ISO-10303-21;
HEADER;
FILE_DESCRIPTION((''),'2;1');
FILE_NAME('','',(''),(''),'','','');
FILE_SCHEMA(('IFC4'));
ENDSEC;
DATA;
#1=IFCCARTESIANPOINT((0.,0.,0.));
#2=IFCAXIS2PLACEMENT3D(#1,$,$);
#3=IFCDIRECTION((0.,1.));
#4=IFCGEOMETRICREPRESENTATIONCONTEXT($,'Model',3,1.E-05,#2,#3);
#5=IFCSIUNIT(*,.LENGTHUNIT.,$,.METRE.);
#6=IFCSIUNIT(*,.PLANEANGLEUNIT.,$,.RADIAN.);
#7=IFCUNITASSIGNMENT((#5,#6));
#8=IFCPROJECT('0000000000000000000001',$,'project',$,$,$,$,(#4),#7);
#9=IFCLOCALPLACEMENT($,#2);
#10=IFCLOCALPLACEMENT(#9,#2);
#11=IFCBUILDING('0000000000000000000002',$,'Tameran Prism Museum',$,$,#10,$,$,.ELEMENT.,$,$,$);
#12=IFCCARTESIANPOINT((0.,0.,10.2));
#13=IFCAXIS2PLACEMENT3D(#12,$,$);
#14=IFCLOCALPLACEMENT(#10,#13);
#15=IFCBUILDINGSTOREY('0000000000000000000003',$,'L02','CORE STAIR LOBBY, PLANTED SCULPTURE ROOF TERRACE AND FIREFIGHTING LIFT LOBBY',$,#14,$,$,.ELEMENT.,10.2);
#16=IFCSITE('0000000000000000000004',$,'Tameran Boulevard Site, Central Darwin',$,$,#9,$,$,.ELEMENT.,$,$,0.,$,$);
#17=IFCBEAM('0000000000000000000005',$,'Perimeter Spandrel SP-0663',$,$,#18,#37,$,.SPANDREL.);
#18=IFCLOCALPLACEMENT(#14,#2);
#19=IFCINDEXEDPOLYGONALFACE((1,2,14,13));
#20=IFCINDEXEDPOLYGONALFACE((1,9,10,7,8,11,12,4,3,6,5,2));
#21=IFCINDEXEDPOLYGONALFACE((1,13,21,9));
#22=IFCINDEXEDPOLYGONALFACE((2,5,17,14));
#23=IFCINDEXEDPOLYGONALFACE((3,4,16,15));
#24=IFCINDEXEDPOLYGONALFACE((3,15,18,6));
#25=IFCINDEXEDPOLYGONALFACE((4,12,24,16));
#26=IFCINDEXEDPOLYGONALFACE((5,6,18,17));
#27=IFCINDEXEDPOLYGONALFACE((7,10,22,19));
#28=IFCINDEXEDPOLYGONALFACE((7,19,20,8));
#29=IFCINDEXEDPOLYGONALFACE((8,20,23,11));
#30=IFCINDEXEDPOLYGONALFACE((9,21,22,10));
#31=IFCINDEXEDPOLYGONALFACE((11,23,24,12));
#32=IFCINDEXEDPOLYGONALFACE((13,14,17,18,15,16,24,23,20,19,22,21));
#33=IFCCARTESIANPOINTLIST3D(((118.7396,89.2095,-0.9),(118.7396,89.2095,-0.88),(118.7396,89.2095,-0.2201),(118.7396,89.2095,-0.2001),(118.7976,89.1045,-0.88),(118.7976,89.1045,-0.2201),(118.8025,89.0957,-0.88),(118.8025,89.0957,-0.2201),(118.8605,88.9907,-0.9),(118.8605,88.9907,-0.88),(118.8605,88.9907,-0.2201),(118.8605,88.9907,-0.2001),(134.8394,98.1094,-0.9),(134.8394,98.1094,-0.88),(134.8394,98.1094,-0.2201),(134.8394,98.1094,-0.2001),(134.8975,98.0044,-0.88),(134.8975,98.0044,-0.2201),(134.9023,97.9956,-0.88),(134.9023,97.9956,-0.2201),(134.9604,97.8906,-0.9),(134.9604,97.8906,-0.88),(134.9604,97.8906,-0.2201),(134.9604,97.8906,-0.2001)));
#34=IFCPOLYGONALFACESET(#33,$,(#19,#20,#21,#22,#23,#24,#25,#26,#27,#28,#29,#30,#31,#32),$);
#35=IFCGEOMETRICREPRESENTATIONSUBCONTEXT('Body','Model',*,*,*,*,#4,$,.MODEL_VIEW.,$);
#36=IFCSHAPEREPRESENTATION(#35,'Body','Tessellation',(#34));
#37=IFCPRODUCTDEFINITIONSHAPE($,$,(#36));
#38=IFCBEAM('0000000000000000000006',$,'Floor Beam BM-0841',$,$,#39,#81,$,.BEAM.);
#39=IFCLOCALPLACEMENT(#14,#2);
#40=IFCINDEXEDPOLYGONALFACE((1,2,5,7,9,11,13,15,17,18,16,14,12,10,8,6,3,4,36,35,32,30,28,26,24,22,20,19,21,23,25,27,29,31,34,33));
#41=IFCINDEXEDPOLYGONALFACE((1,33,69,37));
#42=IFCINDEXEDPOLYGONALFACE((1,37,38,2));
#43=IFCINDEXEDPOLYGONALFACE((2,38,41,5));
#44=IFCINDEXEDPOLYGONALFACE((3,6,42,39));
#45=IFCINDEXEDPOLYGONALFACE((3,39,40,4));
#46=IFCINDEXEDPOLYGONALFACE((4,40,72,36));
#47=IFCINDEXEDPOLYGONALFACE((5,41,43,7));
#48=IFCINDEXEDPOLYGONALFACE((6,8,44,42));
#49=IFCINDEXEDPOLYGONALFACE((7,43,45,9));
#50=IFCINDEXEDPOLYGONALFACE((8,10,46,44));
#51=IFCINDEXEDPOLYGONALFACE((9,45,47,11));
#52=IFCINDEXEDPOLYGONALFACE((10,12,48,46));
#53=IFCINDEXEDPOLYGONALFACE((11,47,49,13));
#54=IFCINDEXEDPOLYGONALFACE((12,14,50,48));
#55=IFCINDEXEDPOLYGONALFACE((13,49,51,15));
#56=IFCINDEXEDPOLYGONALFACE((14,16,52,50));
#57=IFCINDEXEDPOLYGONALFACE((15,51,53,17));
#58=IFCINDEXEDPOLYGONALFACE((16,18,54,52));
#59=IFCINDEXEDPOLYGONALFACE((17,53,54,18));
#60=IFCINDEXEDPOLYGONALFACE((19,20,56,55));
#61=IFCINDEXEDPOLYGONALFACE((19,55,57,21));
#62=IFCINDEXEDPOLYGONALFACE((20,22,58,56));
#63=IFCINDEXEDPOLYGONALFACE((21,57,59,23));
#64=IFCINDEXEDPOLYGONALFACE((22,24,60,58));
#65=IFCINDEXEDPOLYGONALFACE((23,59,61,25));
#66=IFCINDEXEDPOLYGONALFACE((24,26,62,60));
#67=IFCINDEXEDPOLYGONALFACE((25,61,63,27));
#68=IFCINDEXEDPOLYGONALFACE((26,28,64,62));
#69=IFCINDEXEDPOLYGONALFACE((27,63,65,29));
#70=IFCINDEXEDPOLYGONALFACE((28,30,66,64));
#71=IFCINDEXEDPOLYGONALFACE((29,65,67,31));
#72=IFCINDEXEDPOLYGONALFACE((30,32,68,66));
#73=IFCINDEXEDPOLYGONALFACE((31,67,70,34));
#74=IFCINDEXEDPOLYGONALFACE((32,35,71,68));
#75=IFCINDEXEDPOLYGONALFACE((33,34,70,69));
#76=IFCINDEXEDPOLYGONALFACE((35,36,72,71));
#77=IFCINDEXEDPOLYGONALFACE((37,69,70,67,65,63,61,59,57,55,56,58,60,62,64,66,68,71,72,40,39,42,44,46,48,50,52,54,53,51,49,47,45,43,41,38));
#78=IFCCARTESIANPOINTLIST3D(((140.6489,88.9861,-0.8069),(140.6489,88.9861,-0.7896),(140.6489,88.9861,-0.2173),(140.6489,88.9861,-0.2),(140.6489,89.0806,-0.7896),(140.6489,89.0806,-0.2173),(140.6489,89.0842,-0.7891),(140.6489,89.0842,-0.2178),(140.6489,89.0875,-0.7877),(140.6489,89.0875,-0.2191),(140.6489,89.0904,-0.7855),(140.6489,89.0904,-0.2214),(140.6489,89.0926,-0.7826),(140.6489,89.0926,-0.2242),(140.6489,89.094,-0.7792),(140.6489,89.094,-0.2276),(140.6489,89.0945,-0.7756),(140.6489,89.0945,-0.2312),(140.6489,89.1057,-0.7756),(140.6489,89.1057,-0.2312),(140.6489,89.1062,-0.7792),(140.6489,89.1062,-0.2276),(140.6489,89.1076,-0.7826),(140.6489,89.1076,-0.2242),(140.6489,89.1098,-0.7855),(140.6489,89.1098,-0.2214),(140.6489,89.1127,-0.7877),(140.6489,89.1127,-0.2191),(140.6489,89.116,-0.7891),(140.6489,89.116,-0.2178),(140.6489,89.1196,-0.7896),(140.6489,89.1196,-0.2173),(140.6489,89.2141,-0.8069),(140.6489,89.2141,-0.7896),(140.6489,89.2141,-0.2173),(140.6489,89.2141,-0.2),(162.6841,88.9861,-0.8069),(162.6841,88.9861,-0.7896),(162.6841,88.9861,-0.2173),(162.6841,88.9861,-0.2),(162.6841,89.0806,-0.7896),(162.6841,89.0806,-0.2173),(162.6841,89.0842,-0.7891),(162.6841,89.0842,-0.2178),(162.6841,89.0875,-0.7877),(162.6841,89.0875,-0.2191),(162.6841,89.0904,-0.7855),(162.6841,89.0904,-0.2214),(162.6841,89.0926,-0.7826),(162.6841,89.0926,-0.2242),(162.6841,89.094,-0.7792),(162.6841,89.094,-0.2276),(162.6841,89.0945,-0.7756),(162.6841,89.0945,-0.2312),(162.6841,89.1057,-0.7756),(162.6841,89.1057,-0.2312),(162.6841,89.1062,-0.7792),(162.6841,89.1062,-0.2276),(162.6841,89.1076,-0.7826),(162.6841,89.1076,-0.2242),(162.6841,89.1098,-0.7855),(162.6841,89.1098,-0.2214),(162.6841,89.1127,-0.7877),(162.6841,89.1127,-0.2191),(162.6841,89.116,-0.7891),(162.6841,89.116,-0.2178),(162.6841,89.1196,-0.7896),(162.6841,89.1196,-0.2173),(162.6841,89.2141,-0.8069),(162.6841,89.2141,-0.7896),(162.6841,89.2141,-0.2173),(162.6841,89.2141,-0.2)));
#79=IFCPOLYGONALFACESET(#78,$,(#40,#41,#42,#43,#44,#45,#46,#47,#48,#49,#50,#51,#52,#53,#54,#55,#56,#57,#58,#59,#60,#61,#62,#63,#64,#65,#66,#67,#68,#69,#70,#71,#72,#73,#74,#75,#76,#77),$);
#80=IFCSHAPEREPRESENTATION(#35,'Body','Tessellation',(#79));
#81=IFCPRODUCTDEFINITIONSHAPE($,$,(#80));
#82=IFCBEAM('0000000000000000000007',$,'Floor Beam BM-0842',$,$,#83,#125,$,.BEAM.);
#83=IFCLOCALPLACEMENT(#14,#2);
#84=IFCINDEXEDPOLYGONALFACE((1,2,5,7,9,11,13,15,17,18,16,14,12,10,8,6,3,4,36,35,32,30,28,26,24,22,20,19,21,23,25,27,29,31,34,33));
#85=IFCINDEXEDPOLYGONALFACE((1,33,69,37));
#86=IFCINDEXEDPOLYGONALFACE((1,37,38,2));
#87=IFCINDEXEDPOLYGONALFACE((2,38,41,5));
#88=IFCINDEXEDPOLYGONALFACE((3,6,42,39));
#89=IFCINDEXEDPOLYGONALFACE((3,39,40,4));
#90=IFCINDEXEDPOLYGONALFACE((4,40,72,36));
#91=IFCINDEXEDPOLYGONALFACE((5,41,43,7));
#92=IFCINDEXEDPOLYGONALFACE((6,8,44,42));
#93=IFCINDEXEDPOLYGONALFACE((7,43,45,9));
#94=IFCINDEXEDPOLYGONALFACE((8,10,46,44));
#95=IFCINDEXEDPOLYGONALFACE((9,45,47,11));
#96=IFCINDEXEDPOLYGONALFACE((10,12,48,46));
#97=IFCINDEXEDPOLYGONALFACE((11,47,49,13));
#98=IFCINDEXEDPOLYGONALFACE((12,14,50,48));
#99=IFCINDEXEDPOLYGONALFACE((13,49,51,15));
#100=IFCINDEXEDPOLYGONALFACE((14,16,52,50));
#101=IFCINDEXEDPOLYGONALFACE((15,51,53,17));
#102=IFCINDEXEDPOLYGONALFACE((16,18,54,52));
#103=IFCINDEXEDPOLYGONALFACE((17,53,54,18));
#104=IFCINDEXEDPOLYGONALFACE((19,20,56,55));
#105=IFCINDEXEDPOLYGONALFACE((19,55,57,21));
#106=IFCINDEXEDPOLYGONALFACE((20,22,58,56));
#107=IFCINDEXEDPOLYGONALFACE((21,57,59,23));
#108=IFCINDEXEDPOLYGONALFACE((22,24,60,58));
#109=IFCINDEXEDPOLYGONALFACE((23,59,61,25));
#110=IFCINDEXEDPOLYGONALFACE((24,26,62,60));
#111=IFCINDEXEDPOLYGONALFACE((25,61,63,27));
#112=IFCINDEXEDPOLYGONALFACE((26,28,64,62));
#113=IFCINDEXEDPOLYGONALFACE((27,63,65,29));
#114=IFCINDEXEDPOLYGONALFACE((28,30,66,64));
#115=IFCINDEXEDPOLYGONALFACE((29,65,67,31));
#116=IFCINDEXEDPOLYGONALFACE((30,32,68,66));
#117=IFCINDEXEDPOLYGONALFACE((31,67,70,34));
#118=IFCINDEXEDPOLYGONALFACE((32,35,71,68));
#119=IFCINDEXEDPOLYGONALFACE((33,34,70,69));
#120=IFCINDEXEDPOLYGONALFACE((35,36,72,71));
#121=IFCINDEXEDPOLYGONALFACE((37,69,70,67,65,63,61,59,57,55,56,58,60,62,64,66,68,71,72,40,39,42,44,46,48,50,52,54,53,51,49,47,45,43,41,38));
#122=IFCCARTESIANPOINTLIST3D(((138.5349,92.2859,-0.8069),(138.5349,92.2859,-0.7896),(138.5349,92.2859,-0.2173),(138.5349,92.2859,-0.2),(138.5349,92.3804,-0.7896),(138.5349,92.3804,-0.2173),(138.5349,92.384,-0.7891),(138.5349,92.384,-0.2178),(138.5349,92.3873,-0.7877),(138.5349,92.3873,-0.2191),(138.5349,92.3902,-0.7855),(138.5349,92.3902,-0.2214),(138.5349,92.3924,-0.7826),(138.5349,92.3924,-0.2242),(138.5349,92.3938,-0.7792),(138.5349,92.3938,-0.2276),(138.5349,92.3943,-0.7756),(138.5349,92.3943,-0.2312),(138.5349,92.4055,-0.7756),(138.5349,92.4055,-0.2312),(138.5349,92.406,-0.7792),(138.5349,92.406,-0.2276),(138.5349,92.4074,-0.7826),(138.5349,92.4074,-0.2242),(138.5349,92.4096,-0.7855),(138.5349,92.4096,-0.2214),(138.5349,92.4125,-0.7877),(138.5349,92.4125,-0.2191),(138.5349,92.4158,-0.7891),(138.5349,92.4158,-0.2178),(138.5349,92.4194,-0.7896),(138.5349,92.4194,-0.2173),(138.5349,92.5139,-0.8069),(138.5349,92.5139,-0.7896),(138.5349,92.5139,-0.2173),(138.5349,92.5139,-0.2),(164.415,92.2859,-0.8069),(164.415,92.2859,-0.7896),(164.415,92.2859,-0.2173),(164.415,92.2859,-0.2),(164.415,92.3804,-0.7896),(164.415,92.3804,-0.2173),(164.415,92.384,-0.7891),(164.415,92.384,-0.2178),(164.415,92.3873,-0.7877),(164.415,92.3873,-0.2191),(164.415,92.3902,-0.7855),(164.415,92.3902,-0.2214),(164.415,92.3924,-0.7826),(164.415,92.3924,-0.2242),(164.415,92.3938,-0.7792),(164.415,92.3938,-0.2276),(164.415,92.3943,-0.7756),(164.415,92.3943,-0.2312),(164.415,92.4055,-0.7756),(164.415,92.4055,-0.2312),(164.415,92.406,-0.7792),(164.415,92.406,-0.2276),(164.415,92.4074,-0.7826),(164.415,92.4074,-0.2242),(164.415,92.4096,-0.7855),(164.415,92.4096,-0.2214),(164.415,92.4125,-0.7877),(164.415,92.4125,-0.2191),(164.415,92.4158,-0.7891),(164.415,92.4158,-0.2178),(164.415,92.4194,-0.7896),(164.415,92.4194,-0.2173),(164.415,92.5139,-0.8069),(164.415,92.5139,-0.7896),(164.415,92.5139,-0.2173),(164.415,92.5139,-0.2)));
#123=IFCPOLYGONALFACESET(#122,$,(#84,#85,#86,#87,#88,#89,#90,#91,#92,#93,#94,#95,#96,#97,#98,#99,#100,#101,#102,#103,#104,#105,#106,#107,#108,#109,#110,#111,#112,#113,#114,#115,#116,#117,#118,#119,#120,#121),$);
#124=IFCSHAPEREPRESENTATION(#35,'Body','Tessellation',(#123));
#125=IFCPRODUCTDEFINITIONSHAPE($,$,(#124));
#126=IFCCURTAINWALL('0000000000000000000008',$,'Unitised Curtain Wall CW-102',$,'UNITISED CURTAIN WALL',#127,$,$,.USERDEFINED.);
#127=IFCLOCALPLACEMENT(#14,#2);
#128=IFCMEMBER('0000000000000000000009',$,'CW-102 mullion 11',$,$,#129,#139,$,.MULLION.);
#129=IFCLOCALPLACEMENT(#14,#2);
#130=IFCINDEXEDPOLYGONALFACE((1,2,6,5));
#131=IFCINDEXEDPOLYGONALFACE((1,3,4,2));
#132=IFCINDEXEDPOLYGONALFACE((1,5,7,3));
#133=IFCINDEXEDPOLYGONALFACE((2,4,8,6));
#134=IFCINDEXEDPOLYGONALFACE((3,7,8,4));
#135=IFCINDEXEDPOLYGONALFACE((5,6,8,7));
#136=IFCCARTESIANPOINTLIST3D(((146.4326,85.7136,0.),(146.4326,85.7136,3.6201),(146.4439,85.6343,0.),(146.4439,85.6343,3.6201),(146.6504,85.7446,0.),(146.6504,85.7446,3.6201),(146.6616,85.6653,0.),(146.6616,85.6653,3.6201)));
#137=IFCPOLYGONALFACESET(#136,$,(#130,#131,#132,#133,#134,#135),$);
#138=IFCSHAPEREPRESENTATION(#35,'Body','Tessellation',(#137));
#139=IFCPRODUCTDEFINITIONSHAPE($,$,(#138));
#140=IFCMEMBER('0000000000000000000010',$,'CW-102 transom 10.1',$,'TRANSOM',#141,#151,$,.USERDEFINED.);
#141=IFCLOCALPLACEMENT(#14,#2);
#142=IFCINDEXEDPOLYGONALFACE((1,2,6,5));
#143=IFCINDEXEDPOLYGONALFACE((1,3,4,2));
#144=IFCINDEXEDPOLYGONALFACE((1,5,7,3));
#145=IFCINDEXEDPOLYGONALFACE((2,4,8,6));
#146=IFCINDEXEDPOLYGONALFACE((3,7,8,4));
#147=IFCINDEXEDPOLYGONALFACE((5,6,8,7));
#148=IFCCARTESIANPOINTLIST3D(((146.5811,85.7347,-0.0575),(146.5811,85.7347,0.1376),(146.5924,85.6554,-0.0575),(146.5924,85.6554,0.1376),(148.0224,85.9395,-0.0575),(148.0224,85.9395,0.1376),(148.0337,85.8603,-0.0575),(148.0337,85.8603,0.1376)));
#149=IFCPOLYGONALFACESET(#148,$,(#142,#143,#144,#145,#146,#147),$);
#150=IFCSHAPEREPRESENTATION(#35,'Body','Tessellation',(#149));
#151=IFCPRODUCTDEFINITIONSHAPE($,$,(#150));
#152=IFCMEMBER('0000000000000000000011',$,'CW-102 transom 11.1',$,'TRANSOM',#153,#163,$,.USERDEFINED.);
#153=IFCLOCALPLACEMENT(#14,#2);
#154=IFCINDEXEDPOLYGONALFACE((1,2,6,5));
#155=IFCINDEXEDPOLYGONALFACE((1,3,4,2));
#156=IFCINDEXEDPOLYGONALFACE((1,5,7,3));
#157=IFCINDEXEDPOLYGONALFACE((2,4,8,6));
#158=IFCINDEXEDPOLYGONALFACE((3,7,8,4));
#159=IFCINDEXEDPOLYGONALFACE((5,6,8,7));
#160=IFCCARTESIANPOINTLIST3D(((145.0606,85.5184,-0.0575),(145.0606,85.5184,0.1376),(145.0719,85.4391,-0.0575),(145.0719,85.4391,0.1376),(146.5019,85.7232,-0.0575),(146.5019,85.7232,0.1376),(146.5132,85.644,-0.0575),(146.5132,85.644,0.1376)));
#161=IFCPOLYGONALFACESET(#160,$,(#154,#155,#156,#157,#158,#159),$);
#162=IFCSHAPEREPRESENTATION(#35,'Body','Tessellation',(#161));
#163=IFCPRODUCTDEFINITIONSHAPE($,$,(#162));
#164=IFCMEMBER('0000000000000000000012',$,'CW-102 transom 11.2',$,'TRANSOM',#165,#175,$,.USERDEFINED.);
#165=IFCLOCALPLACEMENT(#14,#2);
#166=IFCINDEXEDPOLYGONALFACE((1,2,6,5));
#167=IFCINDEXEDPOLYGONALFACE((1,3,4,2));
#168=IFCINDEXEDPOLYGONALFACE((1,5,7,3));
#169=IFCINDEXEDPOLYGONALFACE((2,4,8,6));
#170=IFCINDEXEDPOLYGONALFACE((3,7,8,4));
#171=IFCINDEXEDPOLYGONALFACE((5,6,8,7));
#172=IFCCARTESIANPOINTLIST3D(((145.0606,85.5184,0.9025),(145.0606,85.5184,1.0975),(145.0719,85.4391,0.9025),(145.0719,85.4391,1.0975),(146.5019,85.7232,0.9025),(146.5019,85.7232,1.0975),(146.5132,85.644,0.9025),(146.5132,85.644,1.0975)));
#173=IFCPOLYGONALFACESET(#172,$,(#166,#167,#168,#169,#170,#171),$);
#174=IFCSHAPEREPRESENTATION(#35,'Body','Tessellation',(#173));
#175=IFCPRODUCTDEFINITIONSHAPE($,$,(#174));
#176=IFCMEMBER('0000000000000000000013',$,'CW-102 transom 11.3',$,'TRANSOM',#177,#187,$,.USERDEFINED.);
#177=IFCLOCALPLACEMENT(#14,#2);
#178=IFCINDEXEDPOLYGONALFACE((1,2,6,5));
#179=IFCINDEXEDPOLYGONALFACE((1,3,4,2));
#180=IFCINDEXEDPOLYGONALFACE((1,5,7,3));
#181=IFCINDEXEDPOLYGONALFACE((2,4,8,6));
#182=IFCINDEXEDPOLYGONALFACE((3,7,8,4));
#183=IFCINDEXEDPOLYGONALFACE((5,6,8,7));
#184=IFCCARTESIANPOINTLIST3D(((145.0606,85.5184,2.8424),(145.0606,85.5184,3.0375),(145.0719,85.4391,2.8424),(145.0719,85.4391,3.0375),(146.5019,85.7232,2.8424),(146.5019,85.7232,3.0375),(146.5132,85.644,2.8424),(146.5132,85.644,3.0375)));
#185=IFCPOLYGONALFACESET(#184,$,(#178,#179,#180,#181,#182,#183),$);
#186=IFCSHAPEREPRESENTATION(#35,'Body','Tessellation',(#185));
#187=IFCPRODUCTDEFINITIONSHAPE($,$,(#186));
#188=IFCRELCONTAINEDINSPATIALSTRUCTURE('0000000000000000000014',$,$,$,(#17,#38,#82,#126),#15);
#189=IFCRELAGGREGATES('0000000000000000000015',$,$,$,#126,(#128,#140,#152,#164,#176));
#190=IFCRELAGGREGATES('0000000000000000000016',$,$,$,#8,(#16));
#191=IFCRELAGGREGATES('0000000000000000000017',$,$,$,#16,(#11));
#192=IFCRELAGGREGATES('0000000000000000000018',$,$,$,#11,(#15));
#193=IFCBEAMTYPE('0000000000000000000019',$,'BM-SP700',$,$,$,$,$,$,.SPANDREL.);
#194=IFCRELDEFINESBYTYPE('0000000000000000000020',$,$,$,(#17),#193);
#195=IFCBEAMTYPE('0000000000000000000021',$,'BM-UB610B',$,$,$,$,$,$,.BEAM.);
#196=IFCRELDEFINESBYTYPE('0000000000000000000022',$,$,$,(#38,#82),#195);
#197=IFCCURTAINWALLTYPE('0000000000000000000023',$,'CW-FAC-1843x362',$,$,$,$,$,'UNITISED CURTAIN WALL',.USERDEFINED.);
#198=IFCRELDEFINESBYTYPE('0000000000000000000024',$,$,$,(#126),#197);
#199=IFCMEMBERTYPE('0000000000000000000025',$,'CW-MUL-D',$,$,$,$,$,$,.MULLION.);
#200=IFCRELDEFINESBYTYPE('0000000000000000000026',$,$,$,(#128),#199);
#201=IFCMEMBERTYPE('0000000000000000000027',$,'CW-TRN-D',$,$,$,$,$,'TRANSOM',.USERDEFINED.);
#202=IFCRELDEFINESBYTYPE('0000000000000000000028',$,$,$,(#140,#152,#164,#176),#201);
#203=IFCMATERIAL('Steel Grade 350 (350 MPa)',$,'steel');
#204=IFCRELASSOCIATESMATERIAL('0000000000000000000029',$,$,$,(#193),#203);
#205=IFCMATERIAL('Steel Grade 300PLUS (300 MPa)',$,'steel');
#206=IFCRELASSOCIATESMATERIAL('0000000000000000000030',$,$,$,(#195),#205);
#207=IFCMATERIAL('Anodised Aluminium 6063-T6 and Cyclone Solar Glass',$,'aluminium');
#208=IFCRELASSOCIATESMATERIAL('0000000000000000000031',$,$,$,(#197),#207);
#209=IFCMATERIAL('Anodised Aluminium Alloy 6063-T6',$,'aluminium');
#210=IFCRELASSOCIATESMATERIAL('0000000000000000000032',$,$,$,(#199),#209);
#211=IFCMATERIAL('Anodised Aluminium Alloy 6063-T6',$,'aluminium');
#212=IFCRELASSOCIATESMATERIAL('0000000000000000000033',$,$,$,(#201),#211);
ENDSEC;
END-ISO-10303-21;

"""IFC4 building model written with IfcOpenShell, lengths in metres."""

from ifc_helpers import new_model, si_unit, direction, frame, origin, origin_2d, place, context, subcontext, project, spatial, rectangle, i_section, extrude, material, material_profile, profile_set, type_object, element, aggregate, save


model = new_model("IFC4")

# Units and contexts
model_context = context("Model", 3, precision=1e-05, world=origin(), true_north=direction((0.0, 1.0)))
body_context = subcontext(model_context, "Body", "Model", "MODEL_VIEW")
ifc_project = project(units=[si_unit("LENGTHUNIT", "METRE"), si_unit("PLANEANGLEUNIT", "RADIAN")], contexts=[model_context])

# Site, building, storey
site_placement = place(None, origin())
site = spatial("IfcSite", under=ifc_project, at=site_placement, Name="Tameran Boulevard Site, Central Darwin", CompositionType="ELEMENT", RefElevation=0.0)
building_placement = place(site_placement, origin())
building = spatial("IfcBuilding", under=site, at=building_placement, Name="Tameran Prism Museum", CompositionType="ELEMENT")
storey_placement = place(building_placement, frame((0.0, 0.0, 10.2)))
storey = spatial("IfcBuildingStorey", under=building, at=storey_placement, Name="L02", Description="CORE STAIR LOBBY, PLANTED SCULPTURE ROOF TERRACE AND FIREFIGHTING LIFT LOBBY", CompositionType="ELEMENT", Elevation=10.2)

# Beams
ifc_material_1 = material(Name="Steel Grade 350 (350 MPa)", Category="steel")
ifc_material_profile_1 = material_profile(ifc_material_1, i_section(OverallWidth=0.25, OverallDepth=0.7, WebThickness=0.01, FlangeThickness=0.02, at=origin_2d()))
ifc_profile_set_1 = profile_set([ifc_material_profile_1])
beam_type_1 = type_object("IfcBeamType", Name="BM-SP700", PredefinedType="SPANDREL", material=ifc_profile_set_1)
beam_1_placement = place(storey_placement, frame((134.8999, 98.0, -0.55), z_axis=(-0.875181, -0.483795, 0.0), x_axis=(0.483795, -0.875181, 0.0)))
element("IfcBeam", 1, at=beam_1_placement, inside=storey, type_object=beam_type_1, Name="Perimeter Spandrel SP-0663", PredefinedType="SPANDREL", context=body_context, shape_type="SweptSolid", body=[
    extrude(i_section(OverallWidth=0.25, OverallDepth=0.7, WebThickness=0.01, FlangeThickness=0.02, at=origin_2d()), origin(), (0.0, 0.0, 1.0), 18.396),
])
ifc_material_2 = material(Name="Steel Grade 300PLUS (300 MPa)", Category="steel")
ifc_material_profile_2 = material_profile(ifc_material_2, i_section(OverallWidth=0.228, OverallDepth=0.6069, WebThickness=0.0112, FlangeThickness=0.0173, FilletRadius=0.0139, at=origin_2d()))
ifc_profile_set_2 = profile_set([ifc_material_profile_2])
beam_type_2 = type_object("IfcBeamType", Name="BM-UB610B", PredefinedType="BEAM", material=ifc_profile_set_2)
beam_2_placement = place(storey_placement, frame((140.6489, 89.1001, -0.5034), z_axis=(1.0, 0.0, 0.0), x_axis=(0.0, 1.0, 0.0)))
element("IfcBeam", 2, at=beam_2_placement, inside=storey, type_object=beam_type_2, Name="Floor Beam BM-0841", PredefinedType="BEAM", context=body_context, shape_type="SweptSolid", body=[
    extrude(i_section(OverallWidth=0.228, OverallDepth=0.6069, WebThickness=0.0112, FlangeThickness=0.0173, FilletRadius=0.0139, at=origin_2d()), origin(), (0.0, 0.0, 1.0), 22.0352),
])
beam_3_placement = place(storey_placement, frame((138.5349, 92.3999, -0.5034), z_axis=(1.0, 0.0, 0.0), x_axis=(0.0, 1.0, 0.0)))
element("IfcBeam", 3, at=beam_3_placement, inside=storey, type_object=beam_type_2, Name="Floor Beam BM-0842", PredefinedType="BEAM", context=body_context, shape_type="SweptSolid", body=[
    extrude(i_section(OverallWidth=0.228, OverallDepth=0.6069, WebThickness=0.0112, FlangeThickness=0.0173, FilletRadius=0.0139, at=origin_2d()), origin(), (0.0, 0.0, 1.0), 25.8801),
])

# Curtain wall, members
ifc_material_3 = material(Name="Anodised Aluminium 6063-T6 and Cyclone Solar Glass", Category="aluminium")
curtain_wall_type = type_object("IfcCurtainWallType", Name="CW-FAC-1843x362", ElementType="UNITISED CURTAIN WALL", PredefinedType="USERDEFINED", material=ifc_material_3)
curtain_wall_placement = place(storey_placement, origin())
curtain_wall = element("IfcCurtainWall", 4, at=curtain_wall_placement, inside=storey, type_object=curtain_wall_type, Name="Unitised Curtain Wall CW-102", ObjectType="UNITISED CURTAIN WALL", PredefinedType="USERDEFINED")
ifc_material_4 = material(Name="Anodised Aluminium Alloy 6063-T6", Category="aluminium")
ifc_material_profile_3 = material_profile(ifc_material_4, rectangle(XDim=0.0801, YDim=0.22, at=origin_2d()))
ifc_profile_set_3 = profile_set([ifc_material_profile_3])
member_type_1 = type_object("IfcMemberType", Name="CW-MUL-D", PredefinedType="MULLION", material=ifc_profile_set_3)
member_1_placement = place(storey_placement, frame((146.5471, 85.6895, 0.0), z_axis=(0.0, 0.0, 1.0), x_axis=(0.140745, -0.990046, 0.0)))
member_1 = element("IfcMember", 5, at=member_1_placement, type_object=member_type_1, Name="CW-102 mullion 11", PredefinedType="MULLION", context=body_context, shape_type="SweptSolid", body=[
    extrude(rectangle(XDim=0.0801, YDim=0.22, at=origin_2d()), origin(), (0.0, 0.0, 1.0), 3.6201),
])
ifc_material_5 = material(Name="Anodised Aluminium Alloy 6063-T6", Category="aluminium")
ifc_material_profile_4 = material_profile(ifc_material_5, rectangle(XDim=0.0801, YDim=0.1951, at=origin_2d()))
ifc_profile_set_4 = profile_set([ifc_material_profile_4])
member_type_2 = type_object("IfcMemberType", Name="CW-TRN-D", ElementType="TRANSOM", PredefinedType="USERDEFINED", material=ifc_profile_set_4)
member_2_placement = place(storey_placement, frame((148.0281, 85.8999, 0.04), z_axis=(-0.990053, -0.140694, 0.0), x_axis=(0.140694, -0.990053, 0.0)))
member_2 = element("IfcMember", 6, at=member_2_placement, type_object=member_type_2, Name="CW-102 transom 10.1", ObjectType="TRANSOM", PredefinedType="USERDEFINED", context=body_context, shape_type="SweptSolid", body=[
    extrude(rectangle(XDim=0.0801, YDim=0.1951, at=origin_2d()), origin(), (0.0, 0.0, 1.0), 1.4558),
])
member_3_placement = place(storey_placement, frame((146.5076, 85.6836, 0.04), z_axis=(-0.990053, -0.140694, 0.0), x_axis=(0.140694, -0.990053, 0.0)))
member_3 = element("IfcMember", 7, at=member_3_placement, type_object=member_type_2, Name="CW-102 transom 11.1", ObjectType="TRANSOM", PredefinedType="USERDEFINED", context=body_context, shape_type="SweptSolid", body=[
    extrude(rectangle(XDim=0.0801, YDim=0.1951, at=origin_2d()), origin(), (0.0, 0.0, 1.0), 1.4558),
])
member_4_placement = place(storey_placement, frame((146.5076, 85.6836, 1.0), z_axis=(-0.990053, -0.140694, 0.0), x_axis=(0.140694, -0.990053, 0.0)))
member_4 = element("IfcMember", 8, at=member_4_placement, type_object=member_type_2, Name="CW-102 transom 11.2", ObjectType="TRANSOM", PredefinedType="USERDEFINED", context=body_context, shape_type="SweptSolid", body=[
    extrude(rectangle(XDim=0.0801, YDim=0.1951, at=origin_2d()), origin(), (0.0, 0.0, 1.0), 1.4558),
])
member_5_placement = place(storey_placement, frame((146.5076, 85.6836, 2.9399), z_axis=(-0.990053, -0.140694, 0.0), x_axis=(0.140694, -0.990053, 0.0)))
member_5 = element("IfcMember", 9, at=member_5_placement, type_object=member_type_2, Name="CW-102 transom 11.3", ObjectType="TRANSOM", PredefinedType="USERDEFINED", context=body_context, shape_type="SweptSolid", body=[
    extrude(rectangle(XDim=0.0801, YDim=0.1951, at=origin_2d()), origin(), (0.0, 0.0, 1.0), 1.4558),
])
aggregate(curtain_wall, [member_1, member_2, member_3, member_4, member_5])

save(model, "model.ifc")
